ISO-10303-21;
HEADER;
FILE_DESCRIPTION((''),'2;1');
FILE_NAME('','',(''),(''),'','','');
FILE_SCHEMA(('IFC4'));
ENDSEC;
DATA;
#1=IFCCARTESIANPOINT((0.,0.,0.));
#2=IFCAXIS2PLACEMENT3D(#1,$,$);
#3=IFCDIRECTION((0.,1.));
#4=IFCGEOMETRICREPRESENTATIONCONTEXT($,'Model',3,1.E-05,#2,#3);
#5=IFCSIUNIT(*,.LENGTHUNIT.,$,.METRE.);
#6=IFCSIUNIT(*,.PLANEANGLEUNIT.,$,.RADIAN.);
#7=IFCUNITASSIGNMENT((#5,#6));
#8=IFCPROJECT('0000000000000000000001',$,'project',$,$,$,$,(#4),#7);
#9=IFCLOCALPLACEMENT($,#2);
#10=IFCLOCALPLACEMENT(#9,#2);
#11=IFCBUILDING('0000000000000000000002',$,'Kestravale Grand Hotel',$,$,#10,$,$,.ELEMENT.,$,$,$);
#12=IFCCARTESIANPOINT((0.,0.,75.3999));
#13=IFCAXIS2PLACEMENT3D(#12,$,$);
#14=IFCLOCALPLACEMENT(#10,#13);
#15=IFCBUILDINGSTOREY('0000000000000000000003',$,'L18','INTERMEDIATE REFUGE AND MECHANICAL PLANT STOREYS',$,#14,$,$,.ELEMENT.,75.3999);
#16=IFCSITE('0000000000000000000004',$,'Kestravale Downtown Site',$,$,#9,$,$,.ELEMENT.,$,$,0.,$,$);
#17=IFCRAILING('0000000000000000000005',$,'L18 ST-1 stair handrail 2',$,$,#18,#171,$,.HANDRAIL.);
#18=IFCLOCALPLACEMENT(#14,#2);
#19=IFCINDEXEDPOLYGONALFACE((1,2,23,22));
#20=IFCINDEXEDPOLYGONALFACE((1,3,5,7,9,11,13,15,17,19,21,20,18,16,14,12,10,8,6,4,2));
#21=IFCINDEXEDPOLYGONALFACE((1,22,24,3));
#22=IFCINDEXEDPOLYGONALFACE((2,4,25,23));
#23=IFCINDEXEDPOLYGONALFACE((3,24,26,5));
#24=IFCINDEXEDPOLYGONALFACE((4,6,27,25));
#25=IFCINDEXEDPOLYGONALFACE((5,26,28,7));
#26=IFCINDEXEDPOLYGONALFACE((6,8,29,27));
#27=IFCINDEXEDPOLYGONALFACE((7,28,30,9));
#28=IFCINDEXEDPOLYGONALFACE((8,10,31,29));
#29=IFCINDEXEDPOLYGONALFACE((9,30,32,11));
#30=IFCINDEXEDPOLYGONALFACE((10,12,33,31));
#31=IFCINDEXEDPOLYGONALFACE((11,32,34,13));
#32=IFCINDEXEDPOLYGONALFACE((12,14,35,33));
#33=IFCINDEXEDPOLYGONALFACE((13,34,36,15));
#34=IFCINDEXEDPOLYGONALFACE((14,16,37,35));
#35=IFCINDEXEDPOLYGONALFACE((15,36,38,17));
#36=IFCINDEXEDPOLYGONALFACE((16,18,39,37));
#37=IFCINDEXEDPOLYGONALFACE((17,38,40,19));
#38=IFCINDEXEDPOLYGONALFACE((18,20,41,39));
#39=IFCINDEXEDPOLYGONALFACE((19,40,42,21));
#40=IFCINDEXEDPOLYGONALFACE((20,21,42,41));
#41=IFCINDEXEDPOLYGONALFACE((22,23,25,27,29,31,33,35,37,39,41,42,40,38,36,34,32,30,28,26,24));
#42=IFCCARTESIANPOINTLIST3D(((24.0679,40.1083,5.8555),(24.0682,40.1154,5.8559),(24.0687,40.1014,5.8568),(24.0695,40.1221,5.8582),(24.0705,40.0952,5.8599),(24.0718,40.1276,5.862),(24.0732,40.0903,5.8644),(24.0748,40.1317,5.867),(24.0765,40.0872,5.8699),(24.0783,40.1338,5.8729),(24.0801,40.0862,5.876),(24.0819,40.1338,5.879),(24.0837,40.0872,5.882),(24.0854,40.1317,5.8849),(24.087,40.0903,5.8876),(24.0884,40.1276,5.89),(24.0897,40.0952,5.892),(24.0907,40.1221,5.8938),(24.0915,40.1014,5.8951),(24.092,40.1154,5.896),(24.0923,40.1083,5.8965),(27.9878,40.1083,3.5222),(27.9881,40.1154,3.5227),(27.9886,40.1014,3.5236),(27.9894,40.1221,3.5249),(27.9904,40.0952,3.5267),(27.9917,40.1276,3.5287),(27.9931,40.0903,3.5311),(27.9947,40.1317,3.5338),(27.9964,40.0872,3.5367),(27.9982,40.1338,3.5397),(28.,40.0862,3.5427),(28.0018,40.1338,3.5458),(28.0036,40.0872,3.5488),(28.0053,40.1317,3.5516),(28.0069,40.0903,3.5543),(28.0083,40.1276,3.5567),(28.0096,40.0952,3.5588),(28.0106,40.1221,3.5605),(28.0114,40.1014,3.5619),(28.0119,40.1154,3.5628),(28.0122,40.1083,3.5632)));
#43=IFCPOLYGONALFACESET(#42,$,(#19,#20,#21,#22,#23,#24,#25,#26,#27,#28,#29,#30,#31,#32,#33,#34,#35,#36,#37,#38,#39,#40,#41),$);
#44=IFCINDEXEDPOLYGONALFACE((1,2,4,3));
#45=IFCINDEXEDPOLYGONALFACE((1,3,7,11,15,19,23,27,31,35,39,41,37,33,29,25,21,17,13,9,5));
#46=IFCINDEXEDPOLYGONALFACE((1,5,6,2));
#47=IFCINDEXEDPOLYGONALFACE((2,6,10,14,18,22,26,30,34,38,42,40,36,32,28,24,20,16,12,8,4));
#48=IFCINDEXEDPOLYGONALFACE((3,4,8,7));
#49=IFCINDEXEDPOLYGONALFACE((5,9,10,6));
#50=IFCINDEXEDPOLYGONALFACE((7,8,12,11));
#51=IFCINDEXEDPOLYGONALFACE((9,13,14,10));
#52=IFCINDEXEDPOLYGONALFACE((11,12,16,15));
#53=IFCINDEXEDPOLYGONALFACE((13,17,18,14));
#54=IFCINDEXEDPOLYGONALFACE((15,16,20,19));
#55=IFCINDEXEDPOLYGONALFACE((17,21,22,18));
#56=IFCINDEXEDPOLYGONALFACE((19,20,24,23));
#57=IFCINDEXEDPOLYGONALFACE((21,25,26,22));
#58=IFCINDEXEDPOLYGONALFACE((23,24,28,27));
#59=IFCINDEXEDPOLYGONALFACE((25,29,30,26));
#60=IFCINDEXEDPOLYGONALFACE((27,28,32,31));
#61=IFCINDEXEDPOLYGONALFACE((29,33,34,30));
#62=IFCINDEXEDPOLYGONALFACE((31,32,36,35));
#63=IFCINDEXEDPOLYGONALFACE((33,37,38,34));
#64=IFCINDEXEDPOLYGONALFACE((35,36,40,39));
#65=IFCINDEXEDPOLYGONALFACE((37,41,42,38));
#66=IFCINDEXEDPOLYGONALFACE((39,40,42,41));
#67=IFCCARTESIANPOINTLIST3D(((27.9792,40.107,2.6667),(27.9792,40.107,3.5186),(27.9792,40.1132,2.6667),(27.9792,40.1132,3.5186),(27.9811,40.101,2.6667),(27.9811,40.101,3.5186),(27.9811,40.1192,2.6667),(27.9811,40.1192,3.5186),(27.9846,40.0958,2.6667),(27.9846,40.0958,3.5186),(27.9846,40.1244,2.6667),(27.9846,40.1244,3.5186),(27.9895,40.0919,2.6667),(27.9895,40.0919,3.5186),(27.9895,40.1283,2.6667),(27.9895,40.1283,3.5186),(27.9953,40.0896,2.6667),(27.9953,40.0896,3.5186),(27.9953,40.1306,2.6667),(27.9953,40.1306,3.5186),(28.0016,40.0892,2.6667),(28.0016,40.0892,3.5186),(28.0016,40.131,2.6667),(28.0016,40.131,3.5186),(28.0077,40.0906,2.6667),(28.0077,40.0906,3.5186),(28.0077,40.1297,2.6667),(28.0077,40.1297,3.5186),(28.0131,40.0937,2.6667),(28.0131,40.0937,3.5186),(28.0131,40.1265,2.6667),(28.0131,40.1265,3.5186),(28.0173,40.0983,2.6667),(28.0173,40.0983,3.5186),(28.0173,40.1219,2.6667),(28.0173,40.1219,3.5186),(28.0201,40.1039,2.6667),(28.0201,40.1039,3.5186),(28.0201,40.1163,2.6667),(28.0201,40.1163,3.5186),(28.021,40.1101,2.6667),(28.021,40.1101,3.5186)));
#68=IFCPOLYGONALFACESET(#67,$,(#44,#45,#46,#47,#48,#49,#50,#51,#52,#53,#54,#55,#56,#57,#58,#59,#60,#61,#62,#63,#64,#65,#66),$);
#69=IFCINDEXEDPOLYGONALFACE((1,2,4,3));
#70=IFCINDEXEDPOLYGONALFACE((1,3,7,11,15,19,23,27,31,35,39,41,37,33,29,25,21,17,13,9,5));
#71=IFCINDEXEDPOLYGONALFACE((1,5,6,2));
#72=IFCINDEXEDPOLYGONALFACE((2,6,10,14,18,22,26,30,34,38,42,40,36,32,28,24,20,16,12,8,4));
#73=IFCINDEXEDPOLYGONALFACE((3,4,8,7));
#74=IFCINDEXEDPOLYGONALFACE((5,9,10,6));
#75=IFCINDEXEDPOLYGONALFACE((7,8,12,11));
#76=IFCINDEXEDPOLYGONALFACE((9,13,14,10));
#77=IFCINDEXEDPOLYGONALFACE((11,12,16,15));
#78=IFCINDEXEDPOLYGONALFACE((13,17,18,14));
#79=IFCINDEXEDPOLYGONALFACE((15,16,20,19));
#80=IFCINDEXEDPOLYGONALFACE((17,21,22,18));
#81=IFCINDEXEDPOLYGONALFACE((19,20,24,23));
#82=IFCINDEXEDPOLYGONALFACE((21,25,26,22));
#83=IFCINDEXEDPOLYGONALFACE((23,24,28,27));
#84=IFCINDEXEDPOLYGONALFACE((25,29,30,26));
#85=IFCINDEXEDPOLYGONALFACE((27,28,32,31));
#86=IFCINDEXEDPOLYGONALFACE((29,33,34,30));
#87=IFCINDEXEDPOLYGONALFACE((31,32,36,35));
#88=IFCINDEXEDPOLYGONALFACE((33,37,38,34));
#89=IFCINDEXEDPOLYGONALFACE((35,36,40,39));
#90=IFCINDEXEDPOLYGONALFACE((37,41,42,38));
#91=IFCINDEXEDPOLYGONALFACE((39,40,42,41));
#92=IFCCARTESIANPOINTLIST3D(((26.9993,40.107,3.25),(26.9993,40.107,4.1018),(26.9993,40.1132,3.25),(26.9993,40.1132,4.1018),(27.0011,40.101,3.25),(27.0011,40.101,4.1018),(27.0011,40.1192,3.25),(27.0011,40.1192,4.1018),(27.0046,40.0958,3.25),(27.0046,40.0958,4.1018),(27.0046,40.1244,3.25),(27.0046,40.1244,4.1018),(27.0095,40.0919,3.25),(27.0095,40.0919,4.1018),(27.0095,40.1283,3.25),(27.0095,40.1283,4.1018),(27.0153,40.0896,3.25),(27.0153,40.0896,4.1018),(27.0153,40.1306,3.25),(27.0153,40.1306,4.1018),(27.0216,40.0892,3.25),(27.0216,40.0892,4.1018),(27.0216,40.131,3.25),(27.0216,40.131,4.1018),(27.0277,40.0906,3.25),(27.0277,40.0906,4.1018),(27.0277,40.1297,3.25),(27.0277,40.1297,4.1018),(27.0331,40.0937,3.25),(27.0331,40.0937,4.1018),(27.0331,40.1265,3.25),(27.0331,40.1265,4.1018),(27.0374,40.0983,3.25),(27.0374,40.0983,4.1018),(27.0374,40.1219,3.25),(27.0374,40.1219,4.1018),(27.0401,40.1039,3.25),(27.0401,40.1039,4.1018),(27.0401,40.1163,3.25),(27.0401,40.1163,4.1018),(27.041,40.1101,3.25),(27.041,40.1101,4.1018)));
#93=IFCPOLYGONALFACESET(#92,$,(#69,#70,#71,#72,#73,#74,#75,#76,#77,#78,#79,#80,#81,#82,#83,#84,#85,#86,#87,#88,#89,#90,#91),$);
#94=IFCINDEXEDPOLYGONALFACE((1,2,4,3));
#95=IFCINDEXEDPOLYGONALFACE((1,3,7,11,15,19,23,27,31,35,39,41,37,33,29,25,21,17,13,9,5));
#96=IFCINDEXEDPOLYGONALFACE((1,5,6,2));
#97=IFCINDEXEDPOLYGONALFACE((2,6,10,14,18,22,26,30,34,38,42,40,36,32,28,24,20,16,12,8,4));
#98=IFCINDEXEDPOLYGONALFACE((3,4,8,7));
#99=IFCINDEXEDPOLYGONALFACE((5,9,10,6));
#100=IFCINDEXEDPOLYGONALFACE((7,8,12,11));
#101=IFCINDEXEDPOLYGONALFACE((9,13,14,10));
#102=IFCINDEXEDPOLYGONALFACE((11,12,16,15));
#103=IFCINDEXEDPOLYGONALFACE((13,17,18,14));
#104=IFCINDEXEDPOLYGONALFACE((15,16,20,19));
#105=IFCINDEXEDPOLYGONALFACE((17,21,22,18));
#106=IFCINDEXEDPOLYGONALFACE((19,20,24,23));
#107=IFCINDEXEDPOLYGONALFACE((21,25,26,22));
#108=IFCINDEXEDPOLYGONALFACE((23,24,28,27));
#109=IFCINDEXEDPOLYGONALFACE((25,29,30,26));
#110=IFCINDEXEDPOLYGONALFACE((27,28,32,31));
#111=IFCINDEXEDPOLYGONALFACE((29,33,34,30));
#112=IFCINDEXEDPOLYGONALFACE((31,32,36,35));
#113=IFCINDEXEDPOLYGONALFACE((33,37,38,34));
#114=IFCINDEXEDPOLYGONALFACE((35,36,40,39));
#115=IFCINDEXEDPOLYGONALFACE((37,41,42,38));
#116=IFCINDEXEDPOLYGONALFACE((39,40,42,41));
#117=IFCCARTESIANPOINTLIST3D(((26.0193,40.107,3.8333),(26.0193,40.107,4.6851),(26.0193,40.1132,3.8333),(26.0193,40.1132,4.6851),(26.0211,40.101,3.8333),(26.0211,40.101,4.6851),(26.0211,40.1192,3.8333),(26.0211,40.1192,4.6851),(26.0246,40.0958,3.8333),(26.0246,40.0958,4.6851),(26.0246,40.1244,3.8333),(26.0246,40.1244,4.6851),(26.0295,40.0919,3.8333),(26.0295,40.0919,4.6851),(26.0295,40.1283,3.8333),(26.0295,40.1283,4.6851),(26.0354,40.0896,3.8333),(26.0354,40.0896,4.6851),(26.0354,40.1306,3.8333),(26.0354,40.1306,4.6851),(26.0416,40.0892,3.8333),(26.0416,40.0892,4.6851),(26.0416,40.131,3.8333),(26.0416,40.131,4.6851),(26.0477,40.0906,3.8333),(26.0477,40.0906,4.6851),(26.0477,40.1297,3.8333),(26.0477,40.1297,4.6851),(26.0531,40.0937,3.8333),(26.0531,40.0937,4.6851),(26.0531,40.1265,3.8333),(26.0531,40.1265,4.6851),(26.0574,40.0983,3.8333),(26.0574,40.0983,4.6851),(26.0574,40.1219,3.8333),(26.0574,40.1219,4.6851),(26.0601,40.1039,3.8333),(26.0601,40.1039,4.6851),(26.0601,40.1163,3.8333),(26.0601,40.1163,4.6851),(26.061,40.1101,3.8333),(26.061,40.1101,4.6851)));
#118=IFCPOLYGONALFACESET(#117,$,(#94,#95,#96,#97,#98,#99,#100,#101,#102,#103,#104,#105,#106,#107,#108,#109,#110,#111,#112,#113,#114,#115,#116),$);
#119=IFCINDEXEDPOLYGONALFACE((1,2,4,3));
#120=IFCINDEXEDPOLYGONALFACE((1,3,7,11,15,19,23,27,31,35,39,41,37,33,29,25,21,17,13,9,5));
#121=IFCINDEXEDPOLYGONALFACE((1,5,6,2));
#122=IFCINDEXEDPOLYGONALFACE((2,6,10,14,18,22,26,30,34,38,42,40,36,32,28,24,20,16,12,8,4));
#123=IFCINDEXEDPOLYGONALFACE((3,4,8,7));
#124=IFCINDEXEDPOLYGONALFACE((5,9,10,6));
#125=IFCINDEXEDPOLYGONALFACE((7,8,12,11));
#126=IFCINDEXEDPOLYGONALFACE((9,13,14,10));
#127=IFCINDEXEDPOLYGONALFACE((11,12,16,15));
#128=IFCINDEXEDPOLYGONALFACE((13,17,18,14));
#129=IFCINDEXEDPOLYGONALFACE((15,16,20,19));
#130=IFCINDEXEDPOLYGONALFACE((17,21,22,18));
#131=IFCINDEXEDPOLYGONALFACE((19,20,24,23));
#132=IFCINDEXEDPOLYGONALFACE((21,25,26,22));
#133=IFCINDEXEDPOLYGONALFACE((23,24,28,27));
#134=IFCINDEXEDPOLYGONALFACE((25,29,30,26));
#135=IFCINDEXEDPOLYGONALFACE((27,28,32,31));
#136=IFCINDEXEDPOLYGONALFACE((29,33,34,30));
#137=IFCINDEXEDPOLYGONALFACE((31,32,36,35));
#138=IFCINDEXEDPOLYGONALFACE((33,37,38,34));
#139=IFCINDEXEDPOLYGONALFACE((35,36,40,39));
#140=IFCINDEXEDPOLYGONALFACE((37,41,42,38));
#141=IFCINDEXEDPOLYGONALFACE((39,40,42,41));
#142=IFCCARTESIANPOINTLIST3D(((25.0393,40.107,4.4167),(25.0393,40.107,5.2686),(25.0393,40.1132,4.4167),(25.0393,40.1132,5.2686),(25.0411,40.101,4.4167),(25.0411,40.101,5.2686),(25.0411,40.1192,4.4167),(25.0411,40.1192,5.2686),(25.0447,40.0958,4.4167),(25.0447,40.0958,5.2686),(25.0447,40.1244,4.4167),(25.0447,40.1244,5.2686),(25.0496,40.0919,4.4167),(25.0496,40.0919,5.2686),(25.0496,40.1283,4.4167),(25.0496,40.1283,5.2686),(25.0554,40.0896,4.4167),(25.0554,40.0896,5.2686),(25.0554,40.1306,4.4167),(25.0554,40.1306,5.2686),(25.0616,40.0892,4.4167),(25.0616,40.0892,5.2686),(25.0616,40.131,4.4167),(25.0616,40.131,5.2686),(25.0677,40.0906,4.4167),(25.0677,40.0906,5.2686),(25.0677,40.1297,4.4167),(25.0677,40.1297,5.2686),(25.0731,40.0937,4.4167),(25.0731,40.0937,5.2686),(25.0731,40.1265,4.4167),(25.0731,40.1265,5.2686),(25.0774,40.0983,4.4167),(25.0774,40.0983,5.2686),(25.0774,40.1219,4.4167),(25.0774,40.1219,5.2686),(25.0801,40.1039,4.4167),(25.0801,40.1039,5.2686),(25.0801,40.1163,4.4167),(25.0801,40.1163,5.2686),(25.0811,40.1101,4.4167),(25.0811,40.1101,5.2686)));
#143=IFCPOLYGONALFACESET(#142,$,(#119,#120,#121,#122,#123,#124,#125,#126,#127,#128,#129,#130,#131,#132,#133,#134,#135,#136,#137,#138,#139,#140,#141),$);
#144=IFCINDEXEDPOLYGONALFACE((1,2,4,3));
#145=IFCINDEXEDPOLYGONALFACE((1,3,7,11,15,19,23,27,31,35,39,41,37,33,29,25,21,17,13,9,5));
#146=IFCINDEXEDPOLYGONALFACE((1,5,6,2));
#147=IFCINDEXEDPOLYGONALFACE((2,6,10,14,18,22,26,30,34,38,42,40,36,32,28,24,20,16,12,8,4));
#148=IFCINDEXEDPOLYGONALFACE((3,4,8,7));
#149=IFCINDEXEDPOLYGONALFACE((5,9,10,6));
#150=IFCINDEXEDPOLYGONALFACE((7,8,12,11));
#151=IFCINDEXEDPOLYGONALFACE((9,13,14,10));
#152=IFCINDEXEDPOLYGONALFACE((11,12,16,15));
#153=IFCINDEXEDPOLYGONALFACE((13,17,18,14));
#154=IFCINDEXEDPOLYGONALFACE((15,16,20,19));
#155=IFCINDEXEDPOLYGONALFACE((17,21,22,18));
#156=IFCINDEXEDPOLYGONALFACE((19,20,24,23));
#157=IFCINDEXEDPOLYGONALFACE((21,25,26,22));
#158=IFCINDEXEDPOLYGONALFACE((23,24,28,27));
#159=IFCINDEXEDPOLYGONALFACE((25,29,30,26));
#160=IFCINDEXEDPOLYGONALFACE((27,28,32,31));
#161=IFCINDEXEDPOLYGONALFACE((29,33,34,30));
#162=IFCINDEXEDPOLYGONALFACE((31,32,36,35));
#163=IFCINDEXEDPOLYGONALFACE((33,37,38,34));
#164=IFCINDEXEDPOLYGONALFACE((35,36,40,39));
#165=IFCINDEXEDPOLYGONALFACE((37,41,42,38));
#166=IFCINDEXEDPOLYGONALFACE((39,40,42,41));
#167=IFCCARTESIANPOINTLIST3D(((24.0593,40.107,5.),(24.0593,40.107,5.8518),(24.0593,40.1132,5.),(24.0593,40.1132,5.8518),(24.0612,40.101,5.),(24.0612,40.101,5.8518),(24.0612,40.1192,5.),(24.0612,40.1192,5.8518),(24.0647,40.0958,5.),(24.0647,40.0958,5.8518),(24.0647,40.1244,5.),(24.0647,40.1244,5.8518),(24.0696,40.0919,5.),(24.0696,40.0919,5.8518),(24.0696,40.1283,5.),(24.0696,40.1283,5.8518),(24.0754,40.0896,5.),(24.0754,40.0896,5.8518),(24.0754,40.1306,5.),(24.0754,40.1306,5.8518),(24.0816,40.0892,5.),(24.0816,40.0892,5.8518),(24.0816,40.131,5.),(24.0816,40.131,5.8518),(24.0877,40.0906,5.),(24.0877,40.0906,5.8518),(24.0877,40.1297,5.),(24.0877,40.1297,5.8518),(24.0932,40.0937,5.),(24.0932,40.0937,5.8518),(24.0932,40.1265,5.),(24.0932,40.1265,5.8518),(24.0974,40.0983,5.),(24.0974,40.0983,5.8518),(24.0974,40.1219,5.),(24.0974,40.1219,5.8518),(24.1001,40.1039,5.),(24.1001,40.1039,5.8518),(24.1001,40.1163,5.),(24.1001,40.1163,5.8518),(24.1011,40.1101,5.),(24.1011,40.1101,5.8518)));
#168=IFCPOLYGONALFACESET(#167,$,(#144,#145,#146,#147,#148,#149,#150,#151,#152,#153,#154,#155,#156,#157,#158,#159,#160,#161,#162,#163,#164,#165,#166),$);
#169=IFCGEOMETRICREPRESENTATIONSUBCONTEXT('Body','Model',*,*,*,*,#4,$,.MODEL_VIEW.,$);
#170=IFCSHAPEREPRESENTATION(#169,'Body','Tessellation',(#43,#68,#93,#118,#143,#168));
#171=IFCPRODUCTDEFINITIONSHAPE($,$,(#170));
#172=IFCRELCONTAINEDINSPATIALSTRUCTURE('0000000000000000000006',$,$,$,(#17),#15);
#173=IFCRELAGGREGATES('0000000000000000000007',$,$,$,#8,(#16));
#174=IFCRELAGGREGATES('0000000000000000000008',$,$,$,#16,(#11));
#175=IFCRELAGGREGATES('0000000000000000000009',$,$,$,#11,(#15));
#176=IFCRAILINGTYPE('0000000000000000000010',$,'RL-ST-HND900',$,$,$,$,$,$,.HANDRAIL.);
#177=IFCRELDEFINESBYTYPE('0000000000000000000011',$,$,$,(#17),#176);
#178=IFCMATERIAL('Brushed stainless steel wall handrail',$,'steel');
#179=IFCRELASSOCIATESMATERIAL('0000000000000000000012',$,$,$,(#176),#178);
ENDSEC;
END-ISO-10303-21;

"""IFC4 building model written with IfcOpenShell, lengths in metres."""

from ifc_helpers import new_model, si_unit, direction, frame, origin, origin_2d, place, context, subcontext, project, spatial, circle, extrude, material, type_object, element, save


model = new_model("IFC4")

# Units and contexts
model_context = context("Model", 3, precision=1e-05, world=origin(), true_north=direction((0.0, 1.0)))
body_context = subcontext(model_context, "Body", "Model", "MODEL_VIEW")
ifc_project = project(units=[si_unit("LENGTHUNIT", "METRE"), si_unit("PLANEANGLEUNIT", "RADIAN")], contexts=[model_context])

# Site, building, storey
site_placement = place(None, origin())
site = spatial("IfcSite", under=ifc_project, at=site_placement, Name="Kestravale Downtown Site", CompositionType="ELEMENT", RefElevation=0.0)
building_placement = place(site_placement, origin())
building = spatial("IfcBuilding", under=site, at=building_placement, Name="Kestravale Grand Hotel", CompositionType="ELEMENT")
storey_placement = place(building_placement, frame((0.0, 0.0, 75.3999)))
storey = spatial("IfcBuildingStorey", under=building, at=storey_placement, Name="L18", Description="INTERMEDIATE REFUGE AND MECHANICAL PLANT STOREYS", CompositionType="ELEMENT", Elevation=75.3999)

# Railing
ifc_material_1 = material(Name="Brushed stainless steel wall handrail", Category="steel")
railing_type_1 = type_object("IfcRailingType", Name="RL-ST-HND900", PredefinedType="HANDRAIL", material=ifc_material_1)
railing_1_placement = place(storey_placement, frame((28.0, 40.1101, 2.6667)))
element("IfcRailing", 1, at=railing_1_placement, inside=storey, type_object=railing_type_1, Name="L18 ST-1 stair handrail 2", PredefinedType="HANDRAIL", context=body_context, shape_type="SweptSolid", body=[
    extrude(circle(Radius=0.0239, at=origin_2d()), frame((0.0, 0.0, 0.876), z_axis=(-0.859296, 0.0, 0.511478), x_axis=(0.0, -1.0, 0.0)), (0.0, 0.0, 1.0), 4.5618),
    extrude(circle(Radius=0.021, at=origin_2d()), origin(), (0.0, 0.0, 1.0), 0.8518),
    extrude(circle(Radius=0.021, at=origin_2d()), frame((-0.98, 0.0, 0.5833)), (0.0, 0.0, 1.0), 0.8518),
    extrude(circle(Radius=0.021, at=origin_2d()), frame((-1.96, 0.0, 1.1665)), (0.0, 0.0, 1.0), 0.8518),
    extrude(circle(Radius=0.021, at=origin_2d()), frame((-2.9399, 0.0, 1.75)), (0.0, 0.0, 1.0), 0.8518),
    extrude(circle(Radius=0.021, at=origin_2d()), frame((-3.9199, 0.0, 2.3333)), (0.0, 0.0, 1.0), 0.8518),
])

save(model, "model.ifc")
